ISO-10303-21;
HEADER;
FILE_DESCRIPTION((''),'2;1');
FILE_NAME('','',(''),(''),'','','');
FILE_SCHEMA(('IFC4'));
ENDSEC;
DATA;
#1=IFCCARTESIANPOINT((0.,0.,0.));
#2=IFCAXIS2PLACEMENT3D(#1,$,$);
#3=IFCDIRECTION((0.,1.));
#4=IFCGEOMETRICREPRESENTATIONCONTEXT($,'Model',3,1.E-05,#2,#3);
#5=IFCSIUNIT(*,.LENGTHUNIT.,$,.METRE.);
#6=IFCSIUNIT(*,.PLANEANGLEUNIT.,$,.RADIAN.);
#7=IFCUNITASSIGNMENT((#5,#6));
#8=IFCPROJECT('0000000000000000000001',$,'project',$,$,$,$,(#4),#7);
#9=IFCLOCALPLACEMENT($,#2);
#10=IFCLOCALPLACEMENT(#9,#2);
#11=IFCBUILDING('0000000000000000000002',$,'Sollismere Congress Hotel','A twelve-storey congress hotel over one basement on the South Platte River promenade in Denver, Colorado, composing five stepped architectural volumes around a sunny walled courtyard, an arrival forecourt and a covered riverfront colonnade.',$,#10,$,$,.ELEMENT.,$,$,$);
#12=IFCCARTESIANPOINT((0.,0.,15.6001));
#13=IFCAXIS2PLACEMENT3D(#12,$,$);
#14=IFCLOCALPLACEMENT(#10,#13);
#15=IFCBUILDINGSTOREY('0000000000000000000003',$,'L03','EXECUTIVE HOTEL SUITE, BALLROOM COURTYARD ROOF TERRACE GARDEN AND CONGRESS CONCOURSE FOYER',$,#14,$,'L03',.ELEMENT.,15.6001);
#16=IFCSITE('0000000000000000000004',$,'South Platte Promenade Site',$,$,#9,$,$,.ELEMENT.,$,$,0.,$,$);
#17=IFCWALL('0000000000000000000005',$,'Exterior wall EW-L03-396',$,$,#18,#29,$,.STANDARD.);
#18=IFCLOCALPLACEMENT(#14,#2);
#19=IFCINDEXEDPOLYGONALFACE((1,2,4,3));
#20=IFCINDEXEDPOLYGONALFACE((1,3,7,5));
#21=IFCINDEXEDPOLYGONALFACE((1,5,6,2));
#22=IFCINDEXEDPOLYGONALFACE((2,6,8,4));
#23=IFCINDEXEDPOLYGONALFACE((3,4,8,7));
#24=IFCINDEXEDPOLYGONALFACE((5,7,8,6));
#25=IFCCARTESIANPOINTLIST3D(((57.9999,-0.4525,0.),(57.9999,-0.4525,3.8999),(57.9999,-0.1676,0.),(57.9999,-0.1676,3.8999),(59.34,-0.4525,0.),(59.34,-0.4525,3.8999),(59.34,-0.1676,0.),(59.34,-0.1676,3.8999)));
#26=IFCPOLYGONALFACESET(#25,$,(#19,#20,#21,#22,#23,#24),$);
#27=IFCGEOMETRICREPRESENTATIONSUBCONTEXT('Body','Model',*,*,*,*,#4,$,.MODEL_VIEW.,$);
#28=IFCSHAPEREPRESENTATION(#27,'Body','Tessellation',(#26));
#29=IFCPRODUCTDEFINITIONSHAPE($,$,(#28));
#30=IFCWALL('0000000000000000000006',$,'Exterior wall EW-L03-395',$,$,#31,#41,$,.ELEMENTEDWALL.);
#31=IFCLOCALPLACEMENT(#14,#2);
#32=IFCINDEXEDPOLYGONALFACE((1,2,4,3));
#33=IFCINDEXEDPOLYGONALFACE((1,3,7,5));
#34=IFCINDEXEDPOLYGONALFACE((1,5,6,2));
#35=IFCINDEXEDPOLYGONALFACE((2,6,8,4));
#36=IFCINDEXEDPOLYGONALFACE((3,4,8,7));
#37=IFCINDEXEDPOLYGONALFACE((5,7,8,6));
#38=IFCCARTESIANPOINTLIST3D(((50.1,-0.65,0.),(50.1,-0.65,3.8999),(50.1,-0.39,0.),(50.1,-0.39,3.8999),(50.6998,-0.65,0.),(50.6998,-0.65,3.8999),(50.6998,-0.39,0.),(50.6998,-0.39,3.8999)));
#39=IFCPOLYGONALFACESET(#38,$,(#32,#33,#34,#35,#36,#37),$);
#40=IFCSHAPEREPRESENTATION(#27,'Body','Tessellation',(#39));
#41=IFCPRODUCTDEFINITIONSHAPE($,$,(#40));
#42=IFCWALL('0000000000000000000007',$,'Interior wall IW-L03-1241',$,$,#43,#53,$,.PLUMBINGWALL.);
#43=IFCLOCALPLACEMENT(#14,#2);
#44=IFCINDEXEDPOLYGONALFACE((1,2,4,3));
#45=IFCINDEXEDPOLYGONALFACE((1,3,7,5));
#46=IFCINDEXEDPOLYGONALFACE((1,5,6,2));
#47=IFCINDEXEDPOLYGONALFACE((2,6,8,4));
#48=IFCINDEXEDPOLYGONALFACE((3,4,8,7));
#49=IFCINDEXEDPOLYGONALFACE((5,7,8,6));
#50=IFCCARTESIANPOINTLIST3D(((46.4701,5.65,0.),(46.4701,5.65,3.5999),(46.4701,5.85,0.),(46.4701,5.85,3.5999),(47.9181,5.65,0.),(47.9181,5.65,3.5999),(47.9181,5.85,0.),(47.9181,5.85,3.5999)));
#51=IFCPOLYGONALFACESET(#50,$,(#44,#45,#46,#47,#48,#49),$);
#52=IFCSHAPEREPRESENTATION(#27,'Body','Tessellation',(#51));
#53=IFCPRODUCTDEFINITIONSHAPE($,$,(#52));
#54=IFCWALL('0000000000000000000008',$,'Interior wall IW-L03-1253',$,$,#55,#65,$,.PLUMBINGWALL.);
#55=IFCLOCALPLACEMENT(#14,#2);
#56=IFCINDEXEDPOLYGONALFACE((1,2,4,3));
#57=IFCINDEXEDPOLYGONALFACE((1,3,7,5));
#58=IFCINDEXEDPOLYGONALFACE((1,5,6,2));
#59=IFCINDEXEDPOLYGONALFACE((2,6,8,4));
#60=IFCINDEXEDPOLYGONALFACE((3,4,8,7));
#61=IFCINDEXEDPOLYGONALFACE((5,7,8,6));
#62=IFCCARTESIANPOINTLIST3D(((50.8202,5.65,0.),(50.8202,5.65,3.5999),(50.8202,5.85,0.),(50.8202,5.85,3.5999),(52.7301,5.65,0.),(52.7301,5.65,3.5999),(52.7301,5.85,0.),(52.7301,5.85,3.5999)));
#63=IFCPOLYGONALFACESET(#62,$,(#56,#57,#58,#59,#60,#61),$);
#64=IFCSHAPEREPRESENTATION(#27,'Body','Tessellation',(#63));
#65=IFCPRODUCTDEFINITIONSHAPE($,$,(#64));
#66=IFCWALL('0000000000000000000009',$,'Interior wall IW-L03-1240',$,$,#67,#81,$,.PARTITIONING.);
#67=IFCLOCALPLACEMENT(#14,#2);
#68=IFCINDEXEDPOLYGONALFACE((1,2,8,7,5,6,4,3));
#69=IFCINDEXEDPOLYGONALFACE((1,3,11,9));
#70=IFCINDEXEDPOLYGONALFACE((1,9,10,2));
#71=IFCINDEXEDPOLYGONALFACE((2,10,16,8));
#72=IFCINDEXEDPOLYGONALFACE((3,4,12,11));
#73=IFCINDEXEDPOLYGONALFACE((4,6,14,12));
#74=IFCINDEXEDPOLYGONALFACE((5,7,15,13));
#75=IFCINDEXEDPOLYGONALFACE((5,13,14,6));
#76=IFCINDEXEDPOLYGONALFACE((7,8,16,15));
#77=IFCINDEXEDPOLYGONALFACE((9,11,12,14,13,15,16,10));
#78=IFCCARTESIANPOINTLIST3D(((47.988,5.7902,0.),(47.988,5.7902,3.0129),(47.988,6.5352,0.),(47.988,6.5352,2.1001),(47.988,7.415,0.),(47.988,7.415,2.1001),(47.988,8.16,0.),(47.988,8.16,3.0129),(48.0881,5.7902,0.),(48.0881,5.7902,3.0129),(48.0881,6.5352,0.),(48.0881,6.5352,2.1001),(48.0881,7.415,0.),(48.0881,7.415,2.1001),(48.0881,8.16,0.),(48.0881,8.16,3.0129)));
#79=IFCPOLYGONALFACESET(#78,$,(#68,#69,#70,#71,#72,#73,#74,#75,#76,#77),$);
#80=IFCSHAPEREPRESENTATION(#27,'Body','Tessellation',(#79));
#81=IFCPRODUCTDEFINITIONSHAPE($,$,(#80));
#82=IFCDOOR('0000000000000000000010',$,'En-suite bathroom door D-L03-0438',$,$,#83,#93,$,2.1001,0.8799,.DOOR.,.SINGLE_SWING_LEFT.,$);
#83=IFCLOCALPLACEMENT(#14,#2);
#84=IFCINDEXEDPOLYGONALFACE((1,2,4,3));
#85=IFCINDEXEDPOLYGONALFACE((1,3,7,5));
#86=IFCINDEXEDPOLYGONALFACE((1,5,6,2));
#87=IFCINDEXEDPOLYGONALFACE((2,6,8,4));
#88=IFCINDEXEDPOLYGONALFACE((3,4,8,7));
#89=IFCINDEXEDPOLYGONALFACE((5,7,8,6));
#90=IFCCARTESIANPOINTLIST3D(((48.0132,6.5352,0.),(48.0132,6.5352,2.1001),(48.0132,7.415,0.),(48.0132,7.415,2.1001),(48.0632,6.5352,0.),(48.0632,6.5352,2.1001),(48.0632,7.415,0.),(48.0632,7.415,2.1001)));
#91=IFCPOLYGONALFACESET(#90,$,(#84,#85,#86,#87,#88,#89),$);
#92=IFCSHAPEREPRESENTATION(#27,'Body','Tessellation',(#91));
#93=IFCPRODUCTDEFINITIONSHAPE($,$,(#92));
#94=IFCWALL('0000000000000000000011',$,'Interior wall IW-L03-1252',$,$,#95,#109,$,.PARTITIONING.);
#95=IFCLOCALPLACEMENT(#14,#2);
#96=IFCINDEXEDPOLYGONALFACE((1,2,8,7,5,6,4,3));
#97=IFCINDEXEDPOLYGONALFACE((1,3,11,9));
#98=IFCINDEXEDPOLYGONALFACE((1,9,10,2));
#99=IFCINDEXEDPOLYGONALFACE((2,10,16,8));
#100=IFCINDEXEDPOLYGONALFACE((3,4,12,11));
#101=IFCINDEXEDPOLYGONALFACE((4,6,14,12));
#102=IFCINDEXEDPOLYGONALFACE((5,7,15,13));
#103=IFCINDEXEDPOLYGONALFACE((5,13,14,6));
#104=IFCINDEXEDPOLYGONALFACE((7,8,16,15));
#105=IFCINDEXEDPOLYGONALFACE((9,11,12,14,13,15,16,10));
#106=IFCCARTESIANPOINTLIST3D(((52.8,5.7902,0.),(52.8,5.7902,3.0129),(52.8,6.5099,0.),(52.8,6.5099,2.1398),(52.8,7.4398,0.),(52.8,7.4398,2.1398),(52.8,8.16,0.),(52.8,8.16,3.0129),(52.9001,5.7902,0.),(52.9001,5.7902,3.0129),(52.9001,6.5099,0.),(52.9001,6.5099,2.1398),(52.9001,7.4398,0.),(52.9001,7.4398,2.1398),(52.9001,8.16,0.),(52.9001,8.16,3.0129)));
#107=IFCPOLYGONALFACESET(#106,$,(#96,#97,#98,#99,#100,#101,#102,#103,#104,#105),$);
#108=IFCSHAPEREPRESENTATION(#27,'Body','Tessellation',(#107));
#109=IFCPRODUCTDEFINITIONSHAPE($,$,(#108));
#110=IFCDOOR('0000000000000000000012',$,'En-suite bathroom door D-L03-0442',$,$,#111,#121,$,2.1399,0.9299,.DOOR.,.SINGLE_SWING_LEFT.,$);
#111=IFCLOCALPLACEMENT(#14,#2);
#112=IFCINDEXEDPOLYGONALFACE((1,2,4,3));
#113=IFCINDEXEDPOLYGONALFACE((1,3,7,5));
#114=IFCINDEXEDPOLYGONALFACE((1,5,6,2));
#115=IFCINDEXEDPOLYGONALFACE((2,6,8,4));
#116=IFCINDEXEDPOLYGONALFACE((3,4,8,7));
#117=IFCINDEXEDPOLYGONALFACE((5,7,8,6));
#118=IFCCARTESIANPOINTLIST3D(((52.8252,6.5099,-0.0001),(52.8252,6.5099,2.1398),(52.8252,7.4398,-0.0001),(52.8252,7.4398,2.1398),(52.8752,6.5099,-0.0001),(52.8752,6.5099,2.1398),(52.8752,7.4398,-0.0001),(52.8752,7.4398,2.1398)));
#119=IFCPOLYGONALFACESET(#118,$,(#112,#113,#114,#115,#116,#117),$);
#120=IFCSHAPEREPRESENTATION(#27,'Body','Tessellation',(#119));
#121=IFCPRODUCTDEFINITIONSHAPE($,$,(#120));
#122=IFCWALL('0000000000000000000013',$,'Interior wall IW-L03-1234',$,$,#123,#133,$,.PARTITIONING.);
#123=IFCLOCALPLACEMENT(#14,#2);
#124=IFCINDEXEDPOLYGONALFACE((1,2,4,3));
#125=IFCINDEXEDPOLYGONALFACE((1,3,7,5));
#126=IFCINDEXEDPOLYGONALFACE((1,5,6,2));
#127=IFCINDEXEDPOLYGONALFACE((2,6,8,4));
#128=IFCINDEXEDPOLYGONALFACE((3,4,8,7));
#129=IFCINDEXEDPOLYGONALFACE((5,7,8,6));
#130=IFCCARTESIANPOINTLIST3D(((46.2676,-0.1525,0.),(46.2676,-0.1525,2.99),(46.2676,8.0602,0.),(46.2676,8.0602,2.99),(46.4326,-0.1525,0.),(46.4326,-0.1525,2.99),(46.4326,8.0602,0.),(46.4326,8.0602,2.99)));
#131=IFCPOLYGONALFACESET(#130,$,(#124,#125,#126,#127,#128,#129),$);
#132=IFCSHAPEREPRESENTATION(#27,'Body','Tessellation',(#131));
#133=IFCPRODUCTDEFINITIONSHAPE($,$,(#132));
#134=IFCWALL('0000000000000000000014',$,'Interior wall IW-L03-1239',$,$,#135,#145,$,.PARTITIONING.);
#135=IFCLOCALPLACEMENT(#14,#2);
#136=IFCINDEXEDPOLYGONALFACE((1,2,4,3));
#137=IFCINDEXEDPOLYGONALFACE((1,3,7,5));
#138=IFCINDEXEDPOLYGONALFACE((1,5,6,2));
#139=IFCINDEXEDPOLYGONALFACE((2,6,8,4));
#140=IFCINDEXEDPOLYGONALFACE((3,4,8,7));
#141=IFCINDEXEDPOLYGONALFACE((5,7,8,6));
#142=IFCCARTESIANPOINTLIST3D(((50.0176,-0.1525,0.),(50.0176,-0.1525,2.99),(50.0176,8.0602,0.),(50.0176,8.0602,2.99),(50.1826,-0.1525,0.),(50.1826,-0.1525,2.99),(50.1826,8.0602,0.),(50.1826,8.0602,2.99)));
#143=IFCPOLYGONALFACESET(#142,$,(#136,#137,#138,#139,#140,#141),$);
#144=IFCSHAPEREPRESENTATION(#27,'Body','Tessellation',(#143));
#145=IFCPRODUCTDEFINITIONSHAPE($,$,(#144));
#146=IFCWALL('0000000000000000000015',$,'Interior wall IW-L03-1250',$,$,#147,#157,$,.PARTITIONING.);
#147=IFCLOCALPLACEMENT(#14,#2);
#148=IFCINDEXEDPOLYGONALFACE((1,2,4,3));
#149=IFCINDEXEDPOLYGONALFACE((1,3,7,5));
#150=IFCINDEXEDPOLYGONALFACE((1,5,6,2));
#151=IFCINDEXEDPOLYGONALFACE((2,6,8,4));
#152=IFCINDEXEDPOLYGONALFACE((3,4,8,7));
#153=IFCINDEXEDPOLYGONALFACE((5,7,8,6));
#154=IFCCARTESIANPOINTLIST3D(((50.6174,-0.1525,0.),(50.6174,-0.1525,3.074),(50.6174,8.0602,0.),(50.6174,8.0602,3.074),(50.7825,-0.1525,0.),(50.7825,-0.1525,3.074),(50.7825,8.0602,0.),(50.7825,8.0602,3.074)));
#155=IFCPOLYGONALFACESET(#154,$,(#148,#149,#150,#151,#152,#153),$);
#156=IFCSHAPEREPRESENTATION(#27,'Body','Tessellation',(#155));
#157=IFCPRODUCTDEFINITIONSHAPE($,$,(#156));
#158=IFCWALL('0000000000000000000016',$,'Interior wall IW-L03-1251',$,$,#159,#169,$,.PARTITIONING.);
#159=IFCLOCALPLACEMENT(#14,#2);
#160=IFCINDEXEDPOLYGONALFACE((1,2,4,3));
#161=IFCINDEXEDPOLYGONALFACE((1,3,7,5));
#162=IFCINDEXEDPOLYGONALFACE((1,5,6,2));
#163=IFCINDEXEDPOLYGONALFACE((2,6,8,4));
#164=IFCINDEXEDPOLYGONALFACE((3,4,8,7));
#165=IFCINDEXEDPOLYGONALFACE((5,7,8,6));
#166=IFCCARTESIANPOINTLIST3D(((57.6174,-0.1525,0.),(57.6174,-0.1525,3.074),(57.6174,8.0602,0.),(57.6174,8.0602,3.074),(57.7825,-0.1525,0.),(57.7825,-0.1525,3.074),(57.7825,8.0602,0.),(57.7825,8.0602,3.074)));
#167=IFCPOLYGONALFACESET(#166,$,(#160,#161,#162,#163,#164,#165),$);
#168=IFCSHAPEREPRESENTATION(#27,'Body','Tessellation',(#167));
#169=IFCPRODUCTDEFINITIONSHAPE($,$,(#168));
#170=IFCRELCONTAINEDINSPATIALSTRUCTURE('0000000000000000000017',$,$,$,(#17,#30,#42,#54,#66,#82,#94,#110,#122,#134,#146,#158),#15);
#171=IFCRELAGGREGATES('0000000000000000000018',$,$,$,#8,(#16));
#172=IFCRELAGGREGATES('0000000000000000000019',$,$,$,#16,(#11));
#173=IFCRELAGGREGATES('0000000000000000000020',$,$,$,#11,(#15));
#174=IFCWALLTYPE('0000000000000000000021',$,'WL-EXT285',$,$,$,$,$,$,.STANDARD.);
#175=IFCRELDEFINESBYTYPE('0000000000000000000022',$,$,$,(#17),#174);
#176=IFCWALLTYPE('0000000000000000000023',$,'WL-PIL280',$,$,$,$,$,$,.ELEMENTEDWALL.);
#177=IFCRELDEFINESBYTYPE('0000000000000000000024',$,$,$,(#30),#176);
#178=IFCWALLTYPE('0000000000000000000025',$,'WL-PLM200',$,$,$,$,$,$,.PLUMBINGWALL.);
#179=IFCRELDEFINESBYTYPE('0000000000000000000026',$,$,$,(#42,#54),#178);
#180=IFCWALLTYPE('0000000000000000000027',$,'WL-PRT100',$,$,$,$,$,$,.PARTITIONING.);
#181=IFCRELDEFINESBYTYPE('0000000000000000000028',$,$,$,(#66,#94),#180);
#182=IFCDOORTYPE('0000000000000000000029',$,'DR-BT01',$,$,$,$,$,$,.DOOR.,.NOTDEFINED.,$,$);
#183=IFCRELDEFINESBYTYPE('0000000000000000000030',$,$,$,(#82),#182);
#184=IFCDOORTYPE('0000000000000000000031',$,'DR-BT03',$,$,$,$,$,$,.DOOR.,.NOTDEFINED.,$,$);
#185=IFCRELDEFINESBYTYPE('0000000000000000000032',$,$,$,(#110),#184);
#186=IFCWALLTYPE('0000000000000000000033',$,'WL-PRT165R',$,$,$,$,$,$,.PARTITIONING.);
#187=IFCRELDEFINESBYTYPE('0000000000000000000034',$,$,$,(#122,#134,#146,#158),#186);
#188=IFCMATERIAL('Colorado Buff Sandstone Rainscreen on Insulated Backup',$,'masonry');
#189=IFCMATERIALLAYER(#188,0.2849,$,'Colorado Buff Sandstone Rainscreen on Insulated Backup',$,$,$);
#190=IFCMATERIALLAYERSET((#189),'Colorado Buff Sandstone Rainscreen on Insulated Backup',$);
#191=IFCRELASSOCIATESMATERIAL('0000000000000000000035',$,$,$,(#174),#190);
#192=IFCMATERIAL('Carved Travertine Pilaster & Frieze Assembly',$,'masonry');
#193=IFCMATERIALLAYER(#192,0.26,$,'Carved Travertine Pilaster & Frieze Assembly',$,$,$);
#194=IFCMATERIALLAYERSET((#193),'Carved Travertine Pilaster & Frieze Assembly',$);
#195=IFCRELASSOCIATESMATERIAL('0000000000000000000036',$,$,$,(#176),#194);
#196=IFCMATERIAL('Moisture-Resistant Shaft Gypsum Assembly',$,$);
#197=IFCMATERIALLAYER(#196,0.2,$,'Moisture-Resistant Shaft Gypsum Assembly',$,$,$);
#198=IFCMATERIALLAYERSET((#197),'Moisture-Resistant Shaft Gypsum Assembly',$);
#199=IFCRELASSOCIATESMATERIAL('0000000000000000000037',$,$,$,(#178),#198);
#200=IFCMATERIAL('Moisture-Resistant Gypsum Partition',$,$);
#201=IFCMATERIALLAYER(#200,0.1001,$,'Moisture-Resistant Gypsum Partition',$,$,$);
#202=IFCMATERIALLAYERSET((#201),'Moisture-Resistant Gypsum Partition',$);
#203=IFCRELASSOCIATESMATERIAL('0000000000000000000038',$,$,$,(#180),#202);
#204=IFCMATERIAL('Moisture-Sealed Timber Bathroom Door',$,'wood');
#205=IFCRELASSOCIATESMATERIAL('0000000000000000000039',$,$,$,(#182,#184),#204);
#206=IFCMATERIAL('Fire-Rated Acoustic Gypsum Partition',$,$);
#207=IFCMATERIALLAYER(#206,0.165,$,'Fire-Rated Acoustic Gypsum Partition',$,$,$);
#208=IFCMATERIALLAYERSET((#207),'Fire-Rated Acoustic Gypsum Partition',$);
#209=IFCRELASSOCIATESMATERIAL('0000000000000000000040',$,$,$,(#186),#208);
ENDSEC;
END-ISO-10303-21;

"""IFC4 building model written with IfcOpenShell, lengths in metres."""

from ifc_helpers import new_model, si_unit, direction, frame, frame_2d, origin, place, context, subcontext, project, spatial, rectangle, extrude, material, layer, layer_set, type_object, element, fill, save


model = new_model("IFC4")

# Units and contexts
model_context = context("Model", 3, precision=1e-05, world=origin(), true_north=direction((0.0, 1.0)))
body_context = subcontext(model_context, "Body", "Model", "MODEL_VIEW")
ifc_project = project(units=[si_unit("LENGTHUNIT", "METRE"), si_unit("PLANEANGLEUNIT", "RADIAN")], contexts=[model_context])

# Site, building, storey
site_placement = place(None, origin())
site = spatial("IfcSite", under=ifc_project, at=site_placement, Name="South Platte Promenade Site", CompositionType="ELEMENT", RefElevation=0.0)
building_placement = place(site_placement, origin())
building = spatial("IfcBuilding", under=site, at=building_placement, Name="Sollismere Congress Hotel", Description="A twelve-storey congress hotel over one basement on the South Platte River promenade in Denver, Colorado, composing five stepped architectural volumes around a sunny walled courtyard, an arrival forecourt and a covered riverfront colonnade.", CompositionType="ELEMENT")
storey_placement = place(building_placement, frame((0.0, 0.0, 15.6001)))
storey = spatial("IfcBuildingStorey", under=building, at=storey_placement, Name="L03", Description="EXECUTIVE HOTEL SUITE, BALLROOM COURTYARD ROOF TERRACE GARDEN AND CONGRESS CONCOURSE FOYER", LongName="L03", CompositionType="ELEMENT", Elevation=15.6001)

# Shared definitions
ifc_material_1 = material(Name="Colorado Buff Sandstone Rainscreen on Insulated Backup", Category="masonry")
ifc_layer_1 = layer(ifc_material_1, 0.2849, Name="Colorado Buff Sandstone Rainscreen on Insulated Backup")
ifc_layer_set_1 = layer_set([ifc_layer_1], Name="Colorado Buff Sandstone Rainscreen on Insulated Backup")
wall_type_1 = type_object("IfcWallType", Name="WL-EXT285", PredefinedType="STANDARD", material=ifc_layer_set_1)

# Walls
wall_1_placement = place(storey_placement, frame((58.0, -0.3101, 0.0), z_axis=(0.0, 0.0, 1.0), x_axis=(1.0, 0.0, 0.0)))
element("IfcWall", 1, at=wall_1_placement, inside=storey, type_object=wall_type_1, Name="Exterior wall EW-L03-396", PredefinedType="STANDARD", context=body_context, shape_type="SweptSolid", body=[
    extrude(rectangle(XDim=1.3401, YDim=0.2849, at=frame_2d((0.6699, 0.0))), origin(), (0.0, 0.0, 1.0), 3.8999),
])
ifc_material_2 = material(Name="Carved Travertine Pilaster & Frieze Assembly", Category="masonry")
ifc_layer_2 = layer(ifc_material_2, 0.26, Name="Carved Travertine Pilaster & Frieze Assembly")
ifc_layer_set_2 = layer_set([ifc_layer_2], Name="Carved Travertine Pilaster & Frieze Assembly")
wall_type_2 = type_object("IfcWallType", Name="WL-PIL280", PredefinedType="ELEMENTEDWALL", material=ifc_layer_set_2)
wall_2_placement = place(storey_placement, frame((50.1001, -0.52, 0.0), z_axis=(0.0, 0.0, 1.0), x_axis=(1.0, 0.0, 0.0)))
element("IfcWall", 2, at=wall_2_placement, inside=storey, type_object=wall_type_2, Name="Exterior wall EW-L03-395", PredefinedType="ELEMENTEDWALL", context=body_context, shape_type="SweptSolid", body=[
    extrude(rectangle(XDim=0.5999, YDim=0.26, at=frame_2d((0.2998, 0.0))), origin(), (0.0, 0.0, 1.0), 3.8999),
])
ifc_material_3 = material(Name="Moisture-Resistant Shaft Gypsum Assembly")
ifc_layer_3 = layer(ifc_material_3, 0.2, Name="Moisture-Resistant Shaft Gypsum Assembly")
ifc_layer_set_3 = layer_set([ifc_layer_3], Name="Moisture-Resistant Shaft Gypsum Assembly")
wall_type_3 = type_object("IfcWallType", Name="WL-PLM200", PredefinedType="PLUMBINGWALL", material=ifc_layer_set_3)
wall_3_placement = place(storey_placement, frame((46.47, 5.75, 0.0), z_axis=(0.0, 0.0, 1.0), x_axis=(1.0, 0.0, 0.0)))
element("IfcWall", 3, at=wall_3_placement, inside=storey, type_object=wall_type_3, Name="Interior wall IW-L03-1241", PredefinedType="PLUMBINGWALL", context=body_context, shape_type="SweptSolid", body=[
    extrude(rectangle(XDim=1.448, YDim=0.2, at=frame_2d((0.7241, 0.0))), origin(), (0.0, 0.0, 1.0), 3.5999),
])
wall_4_placement = place(storey_placement, frame((50.8201, 5.75, 0.0), z_axis=(0.0, 0.0, 1.0), x_axis=(1.0, 0.0, 0.0)))
element("IfcWall", 4, at=wall_4_placement, inside=storey, type_object=wall_type_3, Name="Interior wall IW-L03-1253", PredefinedType="PLUMBINGWALL", context=body_context, shape_type="SweptSolid", body=[
    extrude(rectangle(XDim=1.9099, YDim=0.2, at=frame_2d((0.9551, 0.0))), origin(), (0.0, 0.0, 1.0), 3.5999),
])

# Walls, openings, doors
ifc_material_4 = material(Name="Moisture-Resistant Gypsum Partition")
ifc_layer_4 = layer(ifc_material_4, 0.1001, Name="Moisture-Resistant Gypsum Partition")
ifc_layer_set_4 = layer_set([ifc_layer_4], Name="Moisture-Resistant Gypsum Partition")
wall_type_4 = type_object("IfcWallType", Name="WL-PRT100", PredefinedType="PARTITIONING", material=ifc_layer_set_4)
wall_5_placement = place(storey_placement, frame((48.0381, 5.79, 0.0), z_axis=(0.0, 0.0, 1.0), x_axis=(0.0, 1.0, 0.0)))
wall_5 = element("IfcWall", 5, at=wall_5_placement, inside=storey, type_object=wall_type_4, Name="Interior wall IW-L03-1240", PredefinedType="PARTITIONING", context=body_context, shape_type="SweptSolid", body=[
    extrude(rectangle(XDim=2.3699, YDim=0.1001, at=frame_2d((1.1851, 0.0))), origin(), (0.0, 0.0, 1.0), 3.0129),
])
opening_1_placement = place(wall_5_placement, frame((0.7451, 0.0, 0.0)))
opening_1 = element("IfcOpeningElement", 6, at=opening_1_placement, cuts=wall_5, PredefinedType="OPENING", context=body_context, shape_type="SweptSolid", body=[
    extrude(rectangle(XDim=0.8799, YDim=2.1001, at=frame_2d((0.4399, 1.05))), frame((0.0, 0.0601, 0.0), z_axis=(0.0, -1.0, 0.0), x_axis=(1.0, 0.0, 0.0)), (0.0, 0.0, 1.0), 0.1201),
])
ifc_material_5 = material(Name="Moisture-Sealed Timber Bathroom Door", Category="wood")
door_type_1 = type_object("IfcDoorType", Name="DR-BT01", OperationType="NOTDEFINED", PredefinedType="DOOR", material=ifc_material_5)
door_1_placement = place(opening_1_placement, origin())
door_1 = element("IfcDoor", 7, at=door_1_placement, inside=storey, type_object=door_type_1, Name="En-suite bathroom door D-L03-0438", OperationType="SINGLE_SWING_LEFT", OverallHeight=2.1001, OverallWidth=0.8799, PredefinedType="DOOR", context=body_context, shape_type="SweptSolid", body=[
    extrude(rectangle(XDim=0.8799, YDim=2.1001, at=frame_2d((0.4399, 1.05))), frame((0.0, 0.0249, 0.0), z_axis=(0.0, -1.0, 0.0), x_axis=(1.0, 0.0, 0.0)), (0.0, 0.0, 1.0), 0.05),
])
fill(opening_1, door_1)
wall_6_placement = place(storey_placement, frame((52.8501, 5.79, 0.0), z_axis=(0.0, 0.0, 1.0), x_axis=(0.0, 1.0, 0.0)))
wall_6 = element("IfcWall", 8, at=wall_6_placement, inside=storey, type_object=wall_type_4, Name="Interior wall IW-L03-1252", PredefinedType="PARTITIONING", context=body_context, shape_type="SweptSolid", body=[
    extrude(rectangle(XDim=2.3699, YDim=0.1001, at=frame_2d((1.1851, 0.0))), origin(), (0.0, 0.0, 1.0), 3.0129),
])
opening_2_placement = place(wall_6_placement, frame((0.72, 0.0, 0.0)))
opening_2 = element("IfcOpeningElement", 9, at=opening_2_placement, cuts=wall_6, PredefinedType="OPENING", context=body_context, shape_type="SweptSolid", body=[
    extrude(rectangle(XDim=0.9299, YDim=2.1399, at=frame_2d((0.4648, 1.0698))), frame((0.0, 0.0601, 0.0), z_axis=(0.0, -1.0, 0.0), x_axis=(1.0, 0.0, 0.0)), (0.0, 0.0, 1.0), 0.1201),
])
door_type_2 = type_object("IfcDoorType", Name="DR-BT03", OperationType="NOTDEFINED", PredefinedType="DOOR", material=ifc_material_5)
door_2_placement = place(opening_2_placement, origin())
door_2 = element("IfcDoor", 10, at=door_2_placement, inside=storey, type_object=door_type_2, Name="En-suite bathroom door D-L03-0442", OperationType="SINGLE_SWING_LEFT", OverallHeight=2.1399, OverallWidth=0.9299, PredefinedType="DOOR", context=body_context, shape_type="SweptSolid", body=[
    extrude(rectangle(XDim=0.9299, YDim=2.1399, at=frame_2d((0.4648, 1.0698))), frame((0.0, 0.0249, 0.0), z_axis=(0.0, -1.0, 0.0), x_axis=(1.0, 0.0, 0.0)), (0.0, 0.0, 1.0), 0.05),
])
fill(opening_2, door_2)

# Walls
ifc_material_6 = material(Name="Fire-Rated Acoustic Gypsum Partition")
ifc_layer_5 = layer(ifc_material_6, 0.165, Name="Fire-Rated Acoustic Gypsum Partition")
ifc_layer_set_5 = layer_set([ifc_layer_5], Name="Fire-Rated Acoustic Gypsum Partition")
wall_type_5 = type_object("IfcWallType", Name="WL-PRT165R", PredefinedType="PARTITIONING", material=ifc_layer_set_5)
for number, where, z_axis, x_axis, name in (
    (11, (46.3501, -0.1526, 0.0), (0.0, 0.0, 1.0), (0.0, 1.0, 0.0), "Interior wall IW-L03-1234"),
    (12, (50.1001, -0.1526, 0.0), (0.0, 0.0, 1.0), (0.0, 1.0, 0.0), "Interior wall IW-L03-1239"),
):
    element("IfcWall", number, at=place(storey_placement, frame(where, z_axis=z_axis, x_axis=x_axis)), inside=storey, type_object=wall_type_5, Name=name, PredefinedType="PARTITIONING", context=body_context, shape_type="SweptSolid", body=[
        extrude(rectangle(XDim=8.2126, YDim=0.165, at=frame_2d((4.1064, 0.0))), origin(), (0.0, 0.0, 1.0), 2.99),
    ])
for number, where, z_axis, x_axis, name in (
    (13, (50.7, -0.1526, 0.0), (0.0, 0.0, 1.0), (0.0, 1.0, 0.0), "Interior wall IW-L03-1250"),
    (14, (57.7, -0.1526, 0.0), (0.0, 0.0, 1.0), (0.0, 1.0, 0.0), "Interior wall IW-L03-1251"),
):
    element("IfcWall", number, at=place(storey_placement, frame(where, z_axis=z_axis, x_axis=x_axis)), inside=storey, type_object=wall_type_5, Name=name, PredefinedType="PARTITIONING", context=body_context, shape_type="SweptSolid", body=[
        extrude(rectangle(XDim=8.2126, YDim=0.165, at=frame_2d((4.1064, 0.0))), origin(), (0.0, 0.0, 1.0), 3.074),
    ])

save(model, "model.ifc")
